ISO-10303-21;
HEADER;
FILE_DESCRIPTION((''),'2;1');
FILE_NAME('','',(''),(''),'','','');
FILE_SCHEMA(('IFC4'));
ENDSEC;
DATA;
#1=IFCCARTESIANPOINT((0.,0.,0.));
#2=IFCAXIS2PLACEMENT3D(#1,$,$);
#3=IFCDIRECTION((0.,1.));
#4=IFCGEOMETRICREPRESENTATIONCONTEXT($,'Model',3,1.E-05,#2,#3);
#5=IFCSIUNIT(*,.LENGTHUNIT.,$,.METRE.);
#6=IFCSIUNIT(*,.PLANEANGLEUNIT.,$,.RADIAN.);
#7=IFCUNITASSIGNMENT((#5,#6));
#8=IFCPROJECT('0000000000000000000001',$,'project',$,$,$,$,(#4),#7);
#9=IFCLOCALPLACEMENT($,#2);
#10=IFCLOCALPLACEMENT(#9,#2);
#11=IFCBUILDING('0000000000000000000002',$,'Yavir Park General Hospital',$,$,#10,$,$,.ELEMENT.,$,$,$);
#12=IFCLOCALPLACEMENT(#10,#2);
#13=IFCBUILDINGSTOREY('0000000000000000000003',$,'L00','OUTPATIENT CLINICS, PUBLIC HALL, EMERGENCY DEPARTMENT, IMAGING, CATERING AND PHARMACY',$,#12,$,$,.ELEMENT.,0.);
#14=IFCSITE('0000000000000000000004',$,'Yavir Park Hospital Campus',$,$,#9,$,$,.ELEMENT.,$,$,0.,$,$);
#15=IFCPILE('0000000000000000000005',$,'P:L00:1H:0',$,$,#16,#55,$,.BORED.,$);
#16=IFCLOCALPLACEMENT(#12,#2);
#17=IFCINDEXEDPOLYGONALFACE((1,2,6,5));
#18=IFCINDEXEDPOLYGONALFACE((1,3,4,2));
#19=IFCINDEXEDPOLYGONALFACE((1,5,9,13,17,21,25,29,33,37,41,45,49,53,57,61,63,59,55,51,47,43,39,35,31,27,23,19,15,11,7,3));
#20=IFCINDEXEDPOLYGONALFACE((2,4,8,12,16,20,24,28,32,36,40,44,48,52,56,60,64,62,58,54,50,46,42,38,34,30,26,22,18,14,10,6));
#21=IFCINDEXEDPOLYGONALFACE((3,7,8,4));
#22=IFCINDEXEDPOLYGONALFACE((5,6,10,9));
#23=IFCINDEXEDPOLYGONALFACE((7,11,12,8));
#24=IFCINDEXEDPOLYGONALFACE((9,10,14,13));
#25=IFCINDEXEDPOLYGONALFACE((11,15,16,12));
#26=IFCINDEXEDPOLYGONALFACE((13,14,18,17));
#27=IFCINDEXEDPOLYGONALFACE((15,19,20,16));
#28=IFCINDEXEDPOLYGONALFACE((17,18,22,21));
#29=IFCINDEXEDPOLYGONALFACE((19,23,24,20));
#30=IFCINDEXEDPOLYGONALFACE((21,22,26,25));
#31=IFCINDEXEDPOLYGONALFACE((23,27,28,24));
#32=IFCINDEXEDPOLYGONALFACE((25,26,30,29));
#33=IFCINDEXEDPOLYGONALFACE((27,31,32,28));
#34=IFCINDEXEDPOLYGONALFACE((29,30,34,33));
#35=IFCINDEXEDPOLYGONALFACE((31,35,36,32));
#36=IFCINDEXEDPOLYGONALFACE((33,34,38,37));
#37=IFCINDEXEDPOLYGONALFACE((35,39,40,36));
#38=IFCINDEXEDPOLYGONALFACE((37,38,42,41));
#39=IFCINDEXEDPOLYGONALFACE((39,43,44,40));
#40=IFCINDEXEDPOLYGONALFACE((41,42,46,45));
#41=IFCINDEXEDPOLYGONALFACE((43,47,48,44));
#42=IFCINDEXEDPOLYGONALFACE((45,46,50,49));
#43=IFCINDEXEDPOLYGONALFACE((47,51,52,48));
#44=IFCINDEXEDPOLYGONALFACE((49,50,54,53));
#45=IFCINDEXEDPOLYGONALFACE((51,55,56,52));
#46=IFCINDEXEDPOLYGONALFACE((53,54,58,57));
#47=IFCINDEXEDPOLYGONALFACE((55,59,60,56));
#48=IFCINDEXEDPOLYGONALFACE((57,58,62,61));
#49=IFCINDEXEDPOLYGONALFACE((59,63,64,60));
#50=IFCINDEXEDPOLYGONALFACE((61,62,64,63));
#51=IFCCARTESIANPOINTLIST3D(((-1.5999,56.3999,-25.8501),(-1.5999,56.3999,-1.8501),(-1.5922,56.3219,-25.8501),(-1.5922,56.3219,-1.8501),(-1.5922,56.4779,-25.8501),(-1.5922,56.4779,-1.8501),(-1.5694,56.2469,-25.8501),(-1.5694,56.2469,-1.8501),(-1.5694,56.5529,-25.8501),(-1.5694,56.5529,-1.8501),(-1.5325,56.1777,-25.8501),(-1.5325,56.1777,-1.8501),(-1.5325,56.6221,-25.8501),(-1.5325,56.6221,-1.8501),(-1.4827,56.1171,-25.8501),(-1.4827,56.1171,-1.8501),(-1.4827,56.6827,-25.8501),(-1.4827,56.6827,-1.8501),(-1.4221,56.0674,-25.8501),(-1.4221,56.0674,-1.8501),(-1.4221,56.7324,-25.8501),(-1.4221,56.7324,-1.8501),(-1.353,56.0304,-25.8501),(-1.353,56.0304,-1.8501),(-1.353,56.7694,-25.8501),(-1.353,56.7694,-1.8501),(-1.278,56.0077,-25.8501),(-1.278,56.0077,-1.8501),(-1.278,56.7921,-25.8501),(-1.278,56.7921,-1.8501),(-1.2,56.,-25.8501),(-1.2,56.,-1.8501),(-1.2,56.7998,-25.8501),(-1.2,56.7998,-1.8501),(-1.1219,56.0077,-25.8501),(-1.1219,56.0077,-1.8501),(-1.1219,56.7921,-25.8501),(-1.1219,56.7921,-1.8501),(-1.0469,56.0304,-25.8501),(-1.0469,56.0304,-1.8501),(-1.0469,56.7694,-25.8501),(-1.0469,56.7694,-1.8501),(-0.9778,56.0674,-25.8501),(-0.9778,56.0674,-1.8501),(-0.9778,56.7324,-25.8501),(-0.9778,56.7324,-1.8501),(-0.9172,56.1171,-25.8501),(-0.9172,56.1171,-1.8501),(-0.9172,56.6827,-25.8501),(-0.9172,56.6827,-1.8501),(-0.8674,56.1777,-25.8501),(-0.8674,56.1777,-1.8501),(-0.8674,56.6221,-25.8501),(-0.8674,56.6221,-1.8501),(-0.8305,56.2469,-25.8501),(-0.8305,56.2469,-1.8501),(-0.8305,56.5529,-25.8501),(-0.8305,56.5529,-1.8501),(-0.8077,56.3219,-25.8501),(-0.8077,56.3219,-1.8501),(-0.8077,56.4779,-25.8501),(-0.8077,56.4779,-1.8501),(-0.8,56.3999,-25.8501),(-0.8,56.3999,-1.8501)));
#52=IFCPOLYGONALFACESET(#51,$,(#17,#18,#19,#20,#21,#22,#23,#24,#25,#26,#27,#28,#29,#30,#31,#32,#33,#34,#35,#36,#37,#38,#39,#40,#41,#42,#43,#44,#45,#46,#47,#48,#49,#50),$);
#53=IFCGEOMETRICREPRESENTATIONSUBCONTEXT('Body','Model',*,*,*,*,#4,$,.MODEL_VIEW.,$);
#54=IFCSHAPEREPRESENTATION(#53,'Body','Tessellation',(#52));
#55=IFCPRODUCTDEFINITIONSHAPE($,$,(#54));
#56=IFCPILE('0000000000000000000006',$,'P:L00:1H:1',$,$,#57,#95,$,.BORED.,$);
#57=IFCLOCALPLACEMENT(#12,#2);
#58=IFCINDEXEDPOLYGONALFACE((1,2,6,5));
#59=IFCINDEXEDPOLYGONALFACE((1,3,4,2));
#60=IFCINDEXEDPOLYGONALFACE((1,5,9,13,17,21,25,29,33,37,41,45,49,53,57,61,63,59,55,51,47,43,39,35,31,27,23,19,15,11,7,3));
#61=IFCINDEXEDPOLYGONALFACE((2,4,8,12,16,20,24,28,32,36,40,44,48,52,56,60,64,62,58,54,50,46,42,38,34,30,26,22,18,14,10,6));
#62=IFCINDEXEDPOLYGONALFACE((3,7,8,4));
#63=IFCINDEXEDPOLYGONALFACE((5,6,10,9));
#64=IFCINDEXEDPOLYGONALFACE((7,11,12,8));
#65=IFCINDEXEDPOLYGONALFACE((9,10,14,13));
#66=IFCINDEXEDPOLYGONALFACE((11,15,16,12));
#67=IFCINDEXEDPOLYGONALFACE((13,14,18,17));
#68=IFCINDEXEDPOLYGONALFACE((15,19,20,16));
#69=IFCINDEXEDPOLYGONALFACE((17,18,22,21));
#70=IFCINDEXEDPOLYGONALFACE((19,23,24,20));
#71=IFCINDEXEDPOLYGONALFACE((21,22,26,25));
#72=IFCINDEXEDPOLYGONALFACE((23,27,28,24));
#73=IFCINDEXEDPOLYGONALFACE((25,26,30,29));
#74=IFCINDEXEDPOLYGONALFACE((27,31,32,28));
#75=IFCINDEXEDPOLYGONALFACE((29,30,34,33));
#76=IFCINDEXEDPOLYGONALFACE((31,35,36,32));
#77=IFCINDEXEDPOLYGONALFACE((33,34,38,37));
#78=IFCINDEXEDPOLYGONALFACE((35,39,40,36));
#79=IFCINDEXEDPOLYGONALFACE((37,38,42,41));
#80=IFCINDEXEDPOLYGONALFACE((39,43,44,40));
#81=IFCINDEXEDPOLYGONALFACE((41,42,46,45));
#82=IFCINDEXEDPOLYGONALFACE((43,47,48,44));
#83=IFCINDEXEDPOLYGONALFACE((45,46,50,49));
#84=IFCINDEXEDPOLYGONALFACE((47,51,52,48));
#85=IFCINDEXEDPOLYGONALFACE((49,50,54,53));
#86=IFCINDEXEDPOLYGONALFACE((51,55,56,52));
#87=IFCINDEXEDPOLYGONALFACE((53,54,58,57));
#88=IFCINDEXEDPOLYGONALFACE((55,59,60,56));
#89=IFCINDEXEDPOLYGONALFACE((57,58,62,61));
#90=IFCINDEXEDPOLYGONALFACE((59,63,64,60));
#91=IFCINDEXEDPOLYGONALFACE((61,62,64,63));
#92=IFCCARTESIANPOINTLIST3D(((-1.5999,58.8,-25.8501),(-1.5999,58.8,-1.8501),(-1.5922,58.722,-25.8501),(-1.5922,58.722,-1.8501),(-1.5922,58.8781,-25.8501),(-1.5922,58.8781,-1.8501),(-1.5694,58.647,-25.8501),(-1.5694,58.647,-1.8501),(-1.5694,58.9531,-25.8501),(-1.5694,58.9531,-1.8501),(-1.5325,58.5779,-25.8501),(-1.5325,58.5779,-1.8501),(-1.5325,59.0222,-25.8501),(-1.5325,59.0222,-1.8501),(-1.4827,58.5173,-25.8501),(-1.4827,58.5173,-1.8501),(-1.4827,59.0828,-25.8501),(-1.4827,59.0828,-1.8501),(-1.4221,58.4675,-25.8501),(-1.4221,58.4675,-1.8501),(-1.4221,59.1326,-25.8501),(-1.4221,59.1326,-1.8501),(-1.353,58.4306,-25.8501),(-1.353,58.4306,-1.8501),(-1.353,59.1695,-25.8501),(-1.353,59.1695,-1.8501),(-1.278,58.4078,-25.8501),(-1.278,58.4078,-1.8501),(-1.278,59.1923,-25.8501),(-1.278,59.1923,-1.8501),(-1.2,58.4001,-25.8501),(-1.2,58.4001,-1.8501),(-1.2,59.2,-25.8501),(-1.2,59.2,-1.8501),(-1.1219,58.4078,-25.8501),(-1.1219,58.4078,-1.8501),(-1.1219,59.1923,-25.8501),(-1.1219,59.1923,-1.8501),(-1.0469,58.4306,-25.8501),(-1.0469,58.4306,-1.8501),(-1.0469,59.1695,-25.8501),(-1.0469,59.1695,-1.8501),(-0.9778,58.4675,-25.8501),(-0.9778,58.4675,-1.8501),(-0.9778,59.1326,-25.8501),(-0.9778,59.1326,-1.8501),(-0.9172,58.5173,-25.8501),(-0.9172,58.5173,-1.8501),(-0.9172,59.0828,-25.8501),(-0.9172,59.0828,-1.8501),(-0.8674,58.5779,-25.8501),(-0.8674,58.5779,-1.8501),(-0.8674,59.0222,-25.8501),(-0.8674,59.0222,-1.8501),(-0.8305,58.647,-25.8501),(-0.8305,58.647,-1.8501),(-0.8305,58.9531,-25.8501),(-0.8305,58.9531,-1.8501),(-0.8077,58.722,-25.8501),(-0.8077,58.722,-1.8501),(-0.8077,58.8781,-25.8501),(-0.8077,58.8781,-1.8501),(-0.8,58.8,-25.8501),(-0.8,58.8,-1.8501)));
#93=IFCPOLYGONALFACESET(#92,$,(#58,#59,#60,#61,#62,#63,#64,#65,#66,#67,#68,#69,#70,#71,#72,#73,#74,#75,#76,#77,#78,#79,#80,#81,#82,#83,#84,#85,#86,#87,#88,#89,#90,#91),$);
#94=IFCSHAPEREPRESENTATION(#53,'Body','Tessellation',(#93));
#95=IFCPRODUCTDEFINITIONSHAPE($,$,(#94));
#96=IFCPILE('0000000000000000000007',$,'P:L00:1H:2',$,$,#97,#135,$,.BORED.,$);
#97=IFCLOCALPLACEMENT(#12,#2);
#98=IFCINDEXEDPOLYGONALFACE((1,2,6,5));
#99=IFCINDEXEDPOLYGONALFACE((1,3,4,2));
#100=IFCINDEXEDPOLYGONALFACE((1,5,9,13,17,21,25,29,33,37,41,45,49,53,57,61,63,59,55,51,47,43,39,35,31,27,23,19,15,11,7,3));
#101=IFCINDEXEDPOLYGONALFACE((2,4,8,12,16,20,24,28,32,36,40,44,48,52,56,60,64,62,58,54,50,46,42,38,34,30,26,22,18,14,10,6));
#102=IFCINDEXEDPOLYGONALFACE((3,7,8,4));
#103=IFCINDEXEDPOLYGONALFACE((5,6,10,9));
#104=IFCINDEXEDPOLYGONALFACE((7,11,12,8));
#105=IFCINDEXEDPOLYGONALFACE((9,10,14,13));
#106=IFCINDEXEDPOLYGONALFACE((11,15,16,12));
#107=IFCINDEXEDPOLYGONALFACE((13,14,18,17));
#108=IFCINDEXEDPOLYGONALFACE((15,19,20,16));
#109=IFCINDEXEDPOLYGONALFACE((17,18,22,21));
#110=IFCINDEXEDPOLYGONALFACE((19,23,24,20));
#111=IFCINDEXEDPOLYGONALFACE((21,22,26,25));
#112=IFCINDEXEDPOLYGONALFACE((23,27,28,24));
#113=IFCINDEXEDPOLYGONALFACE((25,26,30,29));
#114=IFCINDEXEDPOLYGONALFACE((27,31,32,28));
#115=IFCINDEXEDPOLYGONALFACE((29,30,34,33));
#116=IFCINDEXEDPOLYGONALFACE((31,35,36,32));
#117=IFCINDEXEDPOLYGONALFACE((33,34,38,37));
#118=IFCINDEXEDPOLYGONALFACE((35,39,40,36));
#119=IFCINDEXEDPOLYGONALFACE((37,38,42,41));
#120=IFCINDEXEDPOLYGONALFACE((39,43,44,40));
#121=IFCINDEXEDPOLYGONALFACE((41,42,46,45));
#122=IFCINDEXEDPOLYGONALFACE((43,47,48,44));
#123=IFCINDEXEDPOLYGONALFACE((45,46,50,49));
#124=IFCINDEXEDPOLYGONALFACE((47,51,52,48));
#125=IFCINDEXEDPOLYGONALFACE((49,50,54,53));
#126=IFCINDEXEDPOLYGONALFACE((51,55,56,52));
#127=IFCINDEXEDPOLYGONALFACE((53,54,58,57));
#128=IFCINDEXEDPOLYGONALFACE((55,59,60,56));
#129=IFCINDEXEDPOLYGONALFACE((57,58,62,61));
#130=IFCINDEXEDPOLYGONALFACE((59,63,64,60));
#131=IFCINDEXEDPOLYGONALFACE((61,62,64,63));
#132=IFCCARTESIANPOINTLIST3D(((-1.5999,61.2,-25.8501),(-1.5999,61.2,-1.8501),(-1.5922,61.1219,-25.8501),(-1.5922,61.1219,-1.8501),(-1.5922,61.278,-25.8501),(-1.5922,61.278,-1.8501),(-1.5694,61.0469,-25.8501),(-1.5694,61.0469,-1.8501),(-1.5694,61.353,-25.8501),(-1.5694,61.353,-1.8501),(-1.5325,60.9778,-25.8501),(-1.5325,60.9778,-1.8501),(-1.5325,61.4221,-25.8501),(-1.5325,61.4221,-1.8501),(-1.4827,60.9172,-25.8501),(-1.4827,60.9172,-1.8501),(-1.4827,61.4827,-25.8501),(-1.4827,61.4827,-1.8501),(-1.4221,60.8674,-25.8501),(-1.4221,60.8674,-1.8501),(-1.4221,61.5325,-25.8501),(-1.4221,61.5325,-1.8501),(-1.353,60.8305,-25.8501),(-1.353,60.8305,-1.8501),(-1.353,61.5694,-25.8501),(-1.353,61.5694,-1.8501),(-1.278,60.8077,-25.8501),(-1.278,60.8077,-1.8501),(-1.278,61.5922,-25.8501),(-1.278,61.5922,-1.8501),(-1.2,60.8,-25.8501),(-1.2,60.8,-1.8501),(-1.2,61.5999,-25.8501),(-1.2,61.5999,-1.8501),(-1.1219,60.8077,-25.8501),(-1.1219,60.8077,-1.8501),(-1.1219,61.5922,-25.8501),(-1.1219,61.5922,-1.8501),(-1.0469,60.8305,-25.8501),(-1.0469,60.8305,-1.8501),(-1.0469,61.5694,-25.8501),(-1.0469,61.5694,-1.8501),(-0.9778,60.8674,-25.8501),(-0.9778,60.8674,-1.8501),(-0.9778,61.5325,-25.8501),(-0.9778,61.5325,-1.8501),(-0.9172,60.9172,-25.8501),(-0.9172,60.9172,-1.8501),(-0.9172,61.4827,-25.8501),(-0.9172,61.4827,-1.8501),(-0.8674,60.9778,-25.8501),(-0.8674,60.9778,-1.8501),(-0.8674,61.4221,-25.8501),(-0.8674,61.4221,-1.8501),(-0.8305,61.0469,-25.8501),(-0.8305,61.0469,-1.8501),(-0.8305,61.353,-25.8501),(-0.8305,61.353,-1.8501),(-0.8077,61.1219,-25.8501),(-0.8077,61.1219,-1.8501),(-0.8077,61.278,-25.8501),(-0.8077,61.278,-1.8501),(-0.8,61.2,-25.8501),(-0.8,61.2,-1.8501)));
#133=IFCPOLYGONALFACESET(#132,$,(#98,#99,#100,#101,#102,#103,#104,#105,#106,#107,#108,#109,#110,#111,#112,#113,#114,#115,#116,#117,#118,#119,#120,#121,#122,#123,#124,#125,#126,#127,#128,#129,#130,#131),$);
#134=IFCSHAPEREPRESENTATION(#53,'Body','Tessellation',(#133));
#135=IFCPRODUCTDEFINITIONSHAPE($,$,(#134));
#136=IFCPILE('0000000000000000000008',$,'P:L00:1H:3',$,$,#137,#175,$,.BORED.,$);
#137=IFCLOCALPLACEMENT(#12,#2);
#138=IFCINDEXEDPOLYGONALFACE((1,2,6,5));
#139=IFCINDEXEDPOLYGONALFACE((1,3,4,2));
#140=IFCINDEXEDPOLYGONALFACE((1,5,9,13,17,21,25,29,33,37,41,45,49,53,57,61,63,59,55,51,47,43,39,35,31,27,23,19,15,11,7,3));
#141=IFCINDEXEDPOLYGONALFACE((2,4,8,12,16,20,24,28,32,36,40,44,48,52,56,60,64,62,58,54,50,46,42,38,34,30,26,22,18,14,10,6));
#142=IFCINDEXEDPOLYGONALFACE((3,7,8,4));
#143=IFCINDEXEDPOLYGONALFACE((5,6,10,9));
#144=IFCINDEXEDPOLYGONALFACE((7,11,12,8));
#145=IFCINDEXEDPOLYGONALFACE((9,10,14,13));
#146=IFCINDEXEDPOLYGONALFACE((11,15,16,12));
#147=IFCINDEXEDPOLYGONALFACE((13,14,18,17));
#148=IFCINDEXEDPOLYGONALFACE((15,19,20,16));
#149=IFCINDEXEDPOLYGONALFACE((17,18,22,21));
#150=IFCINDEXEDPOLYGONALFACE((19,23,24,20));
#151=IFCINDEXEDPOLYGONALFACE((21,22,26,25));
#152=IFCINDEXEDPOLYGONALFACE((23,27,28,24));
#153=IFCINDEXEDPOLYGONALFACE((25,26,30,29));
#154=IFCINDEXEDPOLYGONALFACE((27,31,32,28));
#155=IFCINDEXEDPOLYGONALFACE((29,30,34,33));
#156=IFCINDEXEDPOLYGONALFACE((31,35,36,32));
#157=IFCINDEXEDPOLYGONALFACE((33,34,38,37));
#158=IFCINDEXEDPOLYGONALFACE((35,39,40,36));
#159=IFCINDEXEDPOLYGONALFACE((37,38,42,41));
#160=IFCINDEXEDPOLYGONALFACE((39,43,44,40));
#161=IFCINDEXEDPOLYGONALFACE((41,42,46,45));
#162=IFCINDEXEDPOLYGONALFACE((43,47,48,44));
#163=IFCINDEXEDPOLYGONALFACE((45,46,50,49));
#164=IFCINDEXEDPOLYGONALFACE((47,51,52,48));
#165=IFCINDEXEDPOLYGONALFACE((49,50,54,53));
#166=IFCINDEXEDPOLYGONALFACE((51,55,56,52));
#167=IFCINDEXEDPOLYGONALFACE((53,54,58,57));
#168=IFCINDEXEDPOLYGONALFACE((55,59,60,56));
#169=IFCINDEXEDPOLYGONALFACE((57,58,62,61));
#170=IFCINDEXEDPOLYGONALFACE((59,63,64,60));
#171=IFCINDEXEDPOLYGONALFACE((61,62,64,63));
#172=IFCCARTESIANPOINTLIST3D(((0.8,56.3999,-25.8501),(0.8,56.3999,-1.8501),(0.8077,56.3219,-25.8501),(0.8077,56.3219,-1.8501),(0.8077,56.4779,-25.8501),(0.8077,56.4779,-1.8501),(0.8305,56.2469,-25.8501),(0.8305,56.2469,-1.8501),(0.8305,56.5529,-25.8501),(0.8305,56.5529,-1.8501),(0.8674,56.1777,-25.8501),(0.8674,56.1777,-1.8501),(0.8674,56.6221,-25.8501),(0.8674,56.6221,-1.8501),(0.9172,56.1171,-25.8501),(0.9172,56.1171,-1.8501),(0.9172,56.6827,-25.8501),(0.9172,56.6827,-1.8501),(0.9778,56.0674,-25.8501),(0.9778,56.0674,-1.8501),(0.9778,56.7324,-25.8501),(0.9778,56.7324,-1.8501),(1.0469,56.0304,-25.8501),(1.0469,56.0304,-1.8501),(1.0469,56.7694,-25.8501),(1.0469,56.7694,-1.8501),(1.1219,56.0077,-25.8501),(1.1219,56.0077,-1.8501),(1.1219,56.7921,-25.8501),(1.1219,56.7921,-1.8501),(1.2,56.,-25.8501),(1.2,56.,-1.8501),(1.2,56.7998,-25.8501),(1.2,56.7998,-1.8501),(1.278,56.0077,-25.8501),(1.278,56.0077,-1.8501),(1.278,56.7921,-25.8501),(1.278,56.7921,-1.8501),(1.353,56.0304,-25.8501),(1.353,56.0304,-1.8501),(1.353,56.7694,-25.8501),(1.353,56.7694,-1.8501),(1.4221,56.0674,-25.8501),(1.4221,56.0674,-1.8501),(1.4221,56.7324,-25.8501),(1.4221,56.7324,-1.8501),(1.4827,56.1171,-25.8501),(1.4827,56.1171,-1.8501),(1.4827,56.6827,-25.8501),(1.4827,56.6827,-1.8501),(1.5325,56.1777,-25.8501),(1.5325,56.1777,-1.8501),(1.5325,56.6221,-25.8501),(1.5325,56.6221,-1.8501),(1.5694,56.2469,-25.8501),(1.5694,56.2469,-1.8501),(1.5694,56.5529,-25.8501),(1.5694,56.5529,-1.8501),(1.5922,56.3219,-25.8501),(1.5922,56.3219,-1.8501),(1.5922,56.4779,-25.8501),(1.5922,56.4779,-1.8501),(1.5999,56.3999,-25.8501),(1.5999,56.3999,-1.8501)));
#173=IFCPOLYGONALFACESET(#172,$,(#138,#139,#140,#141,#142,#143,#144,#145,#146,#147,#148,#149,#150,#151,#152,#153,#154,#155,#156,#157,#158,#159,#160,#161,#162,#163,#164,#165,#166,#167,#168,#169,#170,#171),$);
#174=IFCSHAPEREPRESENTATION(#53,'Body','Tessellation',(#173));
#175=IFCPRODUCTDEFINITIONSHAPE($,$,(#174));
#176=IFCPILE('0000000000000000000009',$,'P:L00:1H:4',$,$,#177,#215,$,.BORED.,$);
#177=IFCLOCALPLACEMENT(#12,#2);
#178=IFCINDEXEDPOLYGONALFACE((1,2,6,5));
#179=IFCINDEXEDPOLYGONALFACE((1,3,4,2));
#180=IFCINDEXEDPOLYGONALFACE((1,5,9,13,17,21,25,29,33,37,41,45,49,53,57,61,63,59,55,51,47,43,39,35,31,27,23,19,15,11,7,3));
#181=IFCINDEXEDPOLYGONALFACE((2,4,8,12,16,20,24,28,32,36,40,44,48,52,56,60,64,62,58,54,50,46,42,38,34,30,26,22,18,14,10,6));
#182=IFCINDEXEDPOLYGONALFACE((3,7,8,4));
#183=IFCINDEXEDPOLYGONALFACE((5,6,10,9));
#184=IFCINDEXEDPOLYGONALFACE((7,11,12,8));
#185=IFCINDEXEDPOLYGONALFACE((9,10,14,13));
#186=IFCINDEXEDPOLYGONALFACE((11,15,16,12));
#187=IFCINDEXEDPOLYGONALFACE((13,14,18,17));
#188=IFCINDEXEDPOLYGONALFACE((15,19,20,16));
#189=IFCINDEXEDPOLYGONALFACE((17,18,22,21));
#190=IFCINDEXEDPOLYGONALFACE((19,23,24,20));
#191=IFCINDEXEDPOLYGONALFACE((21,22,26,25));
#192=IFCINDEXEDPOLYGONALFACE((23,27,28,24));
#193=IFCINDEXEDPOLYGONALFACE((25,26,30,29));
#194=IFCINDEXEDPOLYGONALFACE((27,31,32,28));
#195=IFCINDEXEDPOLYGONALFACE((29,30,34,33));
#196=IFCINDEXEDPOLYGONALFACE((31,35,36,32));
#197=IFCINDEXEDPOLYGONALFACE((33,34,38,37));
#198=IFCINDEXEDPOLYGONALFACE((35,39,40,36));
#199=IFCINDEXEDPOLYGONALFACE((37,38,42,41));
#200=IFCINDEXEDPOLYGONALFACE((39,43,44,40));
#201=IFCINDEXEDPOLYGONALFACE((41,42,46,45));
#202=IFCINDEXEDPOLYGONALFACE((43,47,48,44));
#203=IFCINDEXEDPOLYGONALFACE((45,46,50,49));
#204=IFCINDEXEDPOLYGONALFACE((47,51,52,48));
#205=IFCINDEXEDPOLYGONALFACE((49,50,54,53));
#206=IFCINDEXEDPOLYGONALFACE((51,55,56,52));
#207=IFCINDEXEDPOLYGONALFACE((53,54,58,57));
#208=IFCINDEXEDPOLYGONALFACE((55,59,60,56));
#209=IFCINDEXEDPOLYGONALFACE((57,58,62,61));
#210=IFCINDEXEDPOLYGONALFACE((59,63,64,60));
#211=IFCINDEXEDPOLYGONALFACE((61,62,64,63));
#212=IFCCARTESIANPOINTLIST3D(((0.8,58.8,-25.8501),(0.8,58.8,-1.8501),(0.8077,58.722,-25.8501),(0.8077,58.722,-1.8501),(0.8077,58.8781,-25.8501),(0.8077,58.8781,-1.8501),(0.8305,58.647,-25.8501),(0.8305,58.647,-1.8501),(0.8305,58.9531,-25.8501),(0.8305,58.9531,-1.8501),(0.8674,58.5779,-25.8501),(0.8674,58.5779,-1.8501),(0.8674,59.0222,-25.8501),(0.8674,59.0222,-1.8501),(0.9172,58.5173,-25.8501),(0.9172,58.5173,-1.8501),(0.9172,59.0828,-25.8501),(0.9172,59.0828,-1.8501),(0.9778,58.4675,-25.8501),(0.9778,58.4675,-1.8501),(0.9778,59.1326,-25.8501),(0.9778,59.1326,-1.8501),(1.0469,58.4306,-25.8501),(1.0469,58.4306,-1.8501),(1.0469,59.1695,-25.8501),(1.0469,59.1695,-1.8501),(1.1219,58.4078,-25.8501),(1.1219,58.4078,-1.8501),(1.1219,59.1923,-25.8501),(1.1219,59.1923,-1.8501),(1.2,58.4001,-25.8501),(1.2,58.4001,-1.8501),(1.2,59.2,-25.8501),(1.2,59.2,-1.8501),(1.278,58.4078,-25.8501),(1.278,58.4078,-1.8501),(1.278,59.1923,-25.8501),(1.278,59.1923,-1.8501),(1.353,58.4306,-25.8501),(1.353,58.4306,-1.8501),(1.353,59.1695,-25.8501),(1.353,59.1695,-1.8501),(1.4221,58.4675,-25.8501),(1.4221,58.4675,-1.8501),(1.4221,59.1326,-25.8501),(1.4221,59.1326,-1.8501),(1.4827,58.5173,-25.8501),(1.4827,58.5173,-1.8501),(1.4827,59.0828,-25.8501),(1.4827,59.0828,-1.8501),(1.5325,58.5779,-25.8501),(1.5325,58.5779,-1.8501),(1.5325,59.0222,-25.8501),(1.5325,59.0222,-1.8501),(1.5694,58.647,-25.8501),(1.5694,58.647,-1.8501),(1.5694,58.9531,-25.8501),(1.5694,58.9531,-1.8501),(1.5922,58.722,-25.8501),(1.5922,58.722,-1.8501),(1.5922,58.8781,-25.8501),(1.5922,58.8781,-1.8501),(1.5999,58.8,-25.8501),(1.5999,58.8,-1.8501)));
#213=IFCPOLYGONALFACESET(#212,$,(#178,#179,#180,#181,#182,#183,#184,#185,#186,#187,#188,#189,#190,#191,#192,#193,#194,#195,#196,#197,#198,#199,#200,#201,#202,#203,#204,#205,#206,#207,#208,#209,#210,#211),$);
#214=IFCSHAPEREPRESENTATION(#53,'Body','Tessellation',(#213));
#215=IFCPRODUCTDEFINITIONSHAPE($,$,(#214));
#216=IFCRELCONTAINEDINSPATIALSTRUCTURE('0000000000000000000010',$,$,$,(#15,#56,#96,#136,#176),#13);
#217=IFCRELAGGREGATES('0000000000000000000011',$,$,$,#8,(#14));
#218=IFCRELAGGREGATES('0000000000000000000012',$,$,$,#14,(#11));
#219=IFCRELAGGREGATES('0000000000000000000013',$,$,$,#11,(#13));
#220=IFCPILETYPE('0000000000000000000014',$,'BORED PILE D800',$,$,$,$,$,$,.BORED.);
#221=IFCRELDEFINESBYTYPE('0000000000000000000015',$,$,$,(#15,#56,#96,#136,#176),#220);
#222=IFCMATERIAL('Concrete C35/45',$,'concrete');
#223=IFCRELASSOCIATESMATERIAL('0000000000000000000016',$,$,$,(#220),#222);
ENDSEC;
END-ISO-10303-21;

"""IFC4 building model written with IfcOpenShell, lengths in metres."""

from ifc_helpers import new_model, si_unit, direction, frame, origin, origin_2d, place, context, subcontext, project, spatial, circle, extrude, material, material_profile, profile_set, type_object, element, save


model = new_model("IFC4")

# Units and contexts
model_context = context("Model", 3, precision=1e-05, world=origin(), true_north=direction((0.0, 1.0)))
body_context = subcontext(model_context, "Body", "Model", "MODEL_VIEW")
ifc_project = project(units=[si_unit("LENGTHUNIT", "METRE"), si_unit("PLANEANGLEUNIT", "RADIAN")], contexts=[model_context])

# Site, building, storey
site_placement = place(None, origin())
site = spatial("IfcSite", under=ifc_project, at=site_placement, Name="Yavir Park Hospital Campus", CompositionType="ELEMENT", RefElevation=0.0)
building_placement = place(site_placement, origin())
building = spatial("IfcBuilding", under=site, at=building_placement, Name="Yavir Park General Hospital", CompositionType="ELEMENT")
storey_placement = place(building_placement, origin())
storey = spatial("IfcBuildingStorey", under=building, at=storey_placement, Name="L00", Description="OUTPATIENT CLINICS, PUBLIC HALL, EMERGENCY DEPARTMENT, IMAGING, CATERING AND PHARMACY", CompositionType="ELEMENT", Elevation=0.0)

# Piles
ifc_material_1 = material(Name="Concrete C35/45", Category="concrete")
ifc_material_profile_1 = material_profile(ifc_material_1, circle(Radius=0.3999, at=origin_2d()), Name="D800")
ifc_profile_set_1 = profile_set([ifc_material_profile_1], Name="Concrete C35/45")
pile_type = type_object("IfcPileType", Name="BORED PILE D800", PredefinedType="BORED", material=ifc_profile_set_1)
for number, where, z_axis, x_axis, name in (
    (1, (-1.2, 56.3999, -1.8501), (0.0, 0.0, -1.0), (1.0, 0.0, 0.0), "P:L00:1H:0"),
    (2, (-1.2, 58.8, -1.8501), (0.0, 0.0, -1.0), (1.0, 0.0, 0.0), "P:L00:1H:1"),
    (3, (-1.2, 61.2, -1.8501), (0.0, 0.0, -1.0), (1.0, 0.0, 0.0), "P:L00:1H:2"),
    (4, (1.2, 56.3999, -1.8501), (0.0, 0.0, -1.0), (1.0, 0.0, 0.0), "P:L00:1H:3"),
    (5, (1.2, 58.8, -1.8501), (0.0, 0.0, -1.0), (1.0, 0.0, 0.0), "P:L00:1H:4"),
):
    element("IfcPile", number, at=place(storey_placement, frame(where, z_axis=z_axis, x_axis=x_axis)), inside=storey, type_object=pile_type, Name=name, PredefinedType="BORED", context=body_context, shape_type="SweptSolid", body=[
        extrude(circle(Radius=0.3999, at=origin_2d()), origin(), (0.0, 0.0, 1.0), 24.0),
    ])

save(model, "model.ifc")
